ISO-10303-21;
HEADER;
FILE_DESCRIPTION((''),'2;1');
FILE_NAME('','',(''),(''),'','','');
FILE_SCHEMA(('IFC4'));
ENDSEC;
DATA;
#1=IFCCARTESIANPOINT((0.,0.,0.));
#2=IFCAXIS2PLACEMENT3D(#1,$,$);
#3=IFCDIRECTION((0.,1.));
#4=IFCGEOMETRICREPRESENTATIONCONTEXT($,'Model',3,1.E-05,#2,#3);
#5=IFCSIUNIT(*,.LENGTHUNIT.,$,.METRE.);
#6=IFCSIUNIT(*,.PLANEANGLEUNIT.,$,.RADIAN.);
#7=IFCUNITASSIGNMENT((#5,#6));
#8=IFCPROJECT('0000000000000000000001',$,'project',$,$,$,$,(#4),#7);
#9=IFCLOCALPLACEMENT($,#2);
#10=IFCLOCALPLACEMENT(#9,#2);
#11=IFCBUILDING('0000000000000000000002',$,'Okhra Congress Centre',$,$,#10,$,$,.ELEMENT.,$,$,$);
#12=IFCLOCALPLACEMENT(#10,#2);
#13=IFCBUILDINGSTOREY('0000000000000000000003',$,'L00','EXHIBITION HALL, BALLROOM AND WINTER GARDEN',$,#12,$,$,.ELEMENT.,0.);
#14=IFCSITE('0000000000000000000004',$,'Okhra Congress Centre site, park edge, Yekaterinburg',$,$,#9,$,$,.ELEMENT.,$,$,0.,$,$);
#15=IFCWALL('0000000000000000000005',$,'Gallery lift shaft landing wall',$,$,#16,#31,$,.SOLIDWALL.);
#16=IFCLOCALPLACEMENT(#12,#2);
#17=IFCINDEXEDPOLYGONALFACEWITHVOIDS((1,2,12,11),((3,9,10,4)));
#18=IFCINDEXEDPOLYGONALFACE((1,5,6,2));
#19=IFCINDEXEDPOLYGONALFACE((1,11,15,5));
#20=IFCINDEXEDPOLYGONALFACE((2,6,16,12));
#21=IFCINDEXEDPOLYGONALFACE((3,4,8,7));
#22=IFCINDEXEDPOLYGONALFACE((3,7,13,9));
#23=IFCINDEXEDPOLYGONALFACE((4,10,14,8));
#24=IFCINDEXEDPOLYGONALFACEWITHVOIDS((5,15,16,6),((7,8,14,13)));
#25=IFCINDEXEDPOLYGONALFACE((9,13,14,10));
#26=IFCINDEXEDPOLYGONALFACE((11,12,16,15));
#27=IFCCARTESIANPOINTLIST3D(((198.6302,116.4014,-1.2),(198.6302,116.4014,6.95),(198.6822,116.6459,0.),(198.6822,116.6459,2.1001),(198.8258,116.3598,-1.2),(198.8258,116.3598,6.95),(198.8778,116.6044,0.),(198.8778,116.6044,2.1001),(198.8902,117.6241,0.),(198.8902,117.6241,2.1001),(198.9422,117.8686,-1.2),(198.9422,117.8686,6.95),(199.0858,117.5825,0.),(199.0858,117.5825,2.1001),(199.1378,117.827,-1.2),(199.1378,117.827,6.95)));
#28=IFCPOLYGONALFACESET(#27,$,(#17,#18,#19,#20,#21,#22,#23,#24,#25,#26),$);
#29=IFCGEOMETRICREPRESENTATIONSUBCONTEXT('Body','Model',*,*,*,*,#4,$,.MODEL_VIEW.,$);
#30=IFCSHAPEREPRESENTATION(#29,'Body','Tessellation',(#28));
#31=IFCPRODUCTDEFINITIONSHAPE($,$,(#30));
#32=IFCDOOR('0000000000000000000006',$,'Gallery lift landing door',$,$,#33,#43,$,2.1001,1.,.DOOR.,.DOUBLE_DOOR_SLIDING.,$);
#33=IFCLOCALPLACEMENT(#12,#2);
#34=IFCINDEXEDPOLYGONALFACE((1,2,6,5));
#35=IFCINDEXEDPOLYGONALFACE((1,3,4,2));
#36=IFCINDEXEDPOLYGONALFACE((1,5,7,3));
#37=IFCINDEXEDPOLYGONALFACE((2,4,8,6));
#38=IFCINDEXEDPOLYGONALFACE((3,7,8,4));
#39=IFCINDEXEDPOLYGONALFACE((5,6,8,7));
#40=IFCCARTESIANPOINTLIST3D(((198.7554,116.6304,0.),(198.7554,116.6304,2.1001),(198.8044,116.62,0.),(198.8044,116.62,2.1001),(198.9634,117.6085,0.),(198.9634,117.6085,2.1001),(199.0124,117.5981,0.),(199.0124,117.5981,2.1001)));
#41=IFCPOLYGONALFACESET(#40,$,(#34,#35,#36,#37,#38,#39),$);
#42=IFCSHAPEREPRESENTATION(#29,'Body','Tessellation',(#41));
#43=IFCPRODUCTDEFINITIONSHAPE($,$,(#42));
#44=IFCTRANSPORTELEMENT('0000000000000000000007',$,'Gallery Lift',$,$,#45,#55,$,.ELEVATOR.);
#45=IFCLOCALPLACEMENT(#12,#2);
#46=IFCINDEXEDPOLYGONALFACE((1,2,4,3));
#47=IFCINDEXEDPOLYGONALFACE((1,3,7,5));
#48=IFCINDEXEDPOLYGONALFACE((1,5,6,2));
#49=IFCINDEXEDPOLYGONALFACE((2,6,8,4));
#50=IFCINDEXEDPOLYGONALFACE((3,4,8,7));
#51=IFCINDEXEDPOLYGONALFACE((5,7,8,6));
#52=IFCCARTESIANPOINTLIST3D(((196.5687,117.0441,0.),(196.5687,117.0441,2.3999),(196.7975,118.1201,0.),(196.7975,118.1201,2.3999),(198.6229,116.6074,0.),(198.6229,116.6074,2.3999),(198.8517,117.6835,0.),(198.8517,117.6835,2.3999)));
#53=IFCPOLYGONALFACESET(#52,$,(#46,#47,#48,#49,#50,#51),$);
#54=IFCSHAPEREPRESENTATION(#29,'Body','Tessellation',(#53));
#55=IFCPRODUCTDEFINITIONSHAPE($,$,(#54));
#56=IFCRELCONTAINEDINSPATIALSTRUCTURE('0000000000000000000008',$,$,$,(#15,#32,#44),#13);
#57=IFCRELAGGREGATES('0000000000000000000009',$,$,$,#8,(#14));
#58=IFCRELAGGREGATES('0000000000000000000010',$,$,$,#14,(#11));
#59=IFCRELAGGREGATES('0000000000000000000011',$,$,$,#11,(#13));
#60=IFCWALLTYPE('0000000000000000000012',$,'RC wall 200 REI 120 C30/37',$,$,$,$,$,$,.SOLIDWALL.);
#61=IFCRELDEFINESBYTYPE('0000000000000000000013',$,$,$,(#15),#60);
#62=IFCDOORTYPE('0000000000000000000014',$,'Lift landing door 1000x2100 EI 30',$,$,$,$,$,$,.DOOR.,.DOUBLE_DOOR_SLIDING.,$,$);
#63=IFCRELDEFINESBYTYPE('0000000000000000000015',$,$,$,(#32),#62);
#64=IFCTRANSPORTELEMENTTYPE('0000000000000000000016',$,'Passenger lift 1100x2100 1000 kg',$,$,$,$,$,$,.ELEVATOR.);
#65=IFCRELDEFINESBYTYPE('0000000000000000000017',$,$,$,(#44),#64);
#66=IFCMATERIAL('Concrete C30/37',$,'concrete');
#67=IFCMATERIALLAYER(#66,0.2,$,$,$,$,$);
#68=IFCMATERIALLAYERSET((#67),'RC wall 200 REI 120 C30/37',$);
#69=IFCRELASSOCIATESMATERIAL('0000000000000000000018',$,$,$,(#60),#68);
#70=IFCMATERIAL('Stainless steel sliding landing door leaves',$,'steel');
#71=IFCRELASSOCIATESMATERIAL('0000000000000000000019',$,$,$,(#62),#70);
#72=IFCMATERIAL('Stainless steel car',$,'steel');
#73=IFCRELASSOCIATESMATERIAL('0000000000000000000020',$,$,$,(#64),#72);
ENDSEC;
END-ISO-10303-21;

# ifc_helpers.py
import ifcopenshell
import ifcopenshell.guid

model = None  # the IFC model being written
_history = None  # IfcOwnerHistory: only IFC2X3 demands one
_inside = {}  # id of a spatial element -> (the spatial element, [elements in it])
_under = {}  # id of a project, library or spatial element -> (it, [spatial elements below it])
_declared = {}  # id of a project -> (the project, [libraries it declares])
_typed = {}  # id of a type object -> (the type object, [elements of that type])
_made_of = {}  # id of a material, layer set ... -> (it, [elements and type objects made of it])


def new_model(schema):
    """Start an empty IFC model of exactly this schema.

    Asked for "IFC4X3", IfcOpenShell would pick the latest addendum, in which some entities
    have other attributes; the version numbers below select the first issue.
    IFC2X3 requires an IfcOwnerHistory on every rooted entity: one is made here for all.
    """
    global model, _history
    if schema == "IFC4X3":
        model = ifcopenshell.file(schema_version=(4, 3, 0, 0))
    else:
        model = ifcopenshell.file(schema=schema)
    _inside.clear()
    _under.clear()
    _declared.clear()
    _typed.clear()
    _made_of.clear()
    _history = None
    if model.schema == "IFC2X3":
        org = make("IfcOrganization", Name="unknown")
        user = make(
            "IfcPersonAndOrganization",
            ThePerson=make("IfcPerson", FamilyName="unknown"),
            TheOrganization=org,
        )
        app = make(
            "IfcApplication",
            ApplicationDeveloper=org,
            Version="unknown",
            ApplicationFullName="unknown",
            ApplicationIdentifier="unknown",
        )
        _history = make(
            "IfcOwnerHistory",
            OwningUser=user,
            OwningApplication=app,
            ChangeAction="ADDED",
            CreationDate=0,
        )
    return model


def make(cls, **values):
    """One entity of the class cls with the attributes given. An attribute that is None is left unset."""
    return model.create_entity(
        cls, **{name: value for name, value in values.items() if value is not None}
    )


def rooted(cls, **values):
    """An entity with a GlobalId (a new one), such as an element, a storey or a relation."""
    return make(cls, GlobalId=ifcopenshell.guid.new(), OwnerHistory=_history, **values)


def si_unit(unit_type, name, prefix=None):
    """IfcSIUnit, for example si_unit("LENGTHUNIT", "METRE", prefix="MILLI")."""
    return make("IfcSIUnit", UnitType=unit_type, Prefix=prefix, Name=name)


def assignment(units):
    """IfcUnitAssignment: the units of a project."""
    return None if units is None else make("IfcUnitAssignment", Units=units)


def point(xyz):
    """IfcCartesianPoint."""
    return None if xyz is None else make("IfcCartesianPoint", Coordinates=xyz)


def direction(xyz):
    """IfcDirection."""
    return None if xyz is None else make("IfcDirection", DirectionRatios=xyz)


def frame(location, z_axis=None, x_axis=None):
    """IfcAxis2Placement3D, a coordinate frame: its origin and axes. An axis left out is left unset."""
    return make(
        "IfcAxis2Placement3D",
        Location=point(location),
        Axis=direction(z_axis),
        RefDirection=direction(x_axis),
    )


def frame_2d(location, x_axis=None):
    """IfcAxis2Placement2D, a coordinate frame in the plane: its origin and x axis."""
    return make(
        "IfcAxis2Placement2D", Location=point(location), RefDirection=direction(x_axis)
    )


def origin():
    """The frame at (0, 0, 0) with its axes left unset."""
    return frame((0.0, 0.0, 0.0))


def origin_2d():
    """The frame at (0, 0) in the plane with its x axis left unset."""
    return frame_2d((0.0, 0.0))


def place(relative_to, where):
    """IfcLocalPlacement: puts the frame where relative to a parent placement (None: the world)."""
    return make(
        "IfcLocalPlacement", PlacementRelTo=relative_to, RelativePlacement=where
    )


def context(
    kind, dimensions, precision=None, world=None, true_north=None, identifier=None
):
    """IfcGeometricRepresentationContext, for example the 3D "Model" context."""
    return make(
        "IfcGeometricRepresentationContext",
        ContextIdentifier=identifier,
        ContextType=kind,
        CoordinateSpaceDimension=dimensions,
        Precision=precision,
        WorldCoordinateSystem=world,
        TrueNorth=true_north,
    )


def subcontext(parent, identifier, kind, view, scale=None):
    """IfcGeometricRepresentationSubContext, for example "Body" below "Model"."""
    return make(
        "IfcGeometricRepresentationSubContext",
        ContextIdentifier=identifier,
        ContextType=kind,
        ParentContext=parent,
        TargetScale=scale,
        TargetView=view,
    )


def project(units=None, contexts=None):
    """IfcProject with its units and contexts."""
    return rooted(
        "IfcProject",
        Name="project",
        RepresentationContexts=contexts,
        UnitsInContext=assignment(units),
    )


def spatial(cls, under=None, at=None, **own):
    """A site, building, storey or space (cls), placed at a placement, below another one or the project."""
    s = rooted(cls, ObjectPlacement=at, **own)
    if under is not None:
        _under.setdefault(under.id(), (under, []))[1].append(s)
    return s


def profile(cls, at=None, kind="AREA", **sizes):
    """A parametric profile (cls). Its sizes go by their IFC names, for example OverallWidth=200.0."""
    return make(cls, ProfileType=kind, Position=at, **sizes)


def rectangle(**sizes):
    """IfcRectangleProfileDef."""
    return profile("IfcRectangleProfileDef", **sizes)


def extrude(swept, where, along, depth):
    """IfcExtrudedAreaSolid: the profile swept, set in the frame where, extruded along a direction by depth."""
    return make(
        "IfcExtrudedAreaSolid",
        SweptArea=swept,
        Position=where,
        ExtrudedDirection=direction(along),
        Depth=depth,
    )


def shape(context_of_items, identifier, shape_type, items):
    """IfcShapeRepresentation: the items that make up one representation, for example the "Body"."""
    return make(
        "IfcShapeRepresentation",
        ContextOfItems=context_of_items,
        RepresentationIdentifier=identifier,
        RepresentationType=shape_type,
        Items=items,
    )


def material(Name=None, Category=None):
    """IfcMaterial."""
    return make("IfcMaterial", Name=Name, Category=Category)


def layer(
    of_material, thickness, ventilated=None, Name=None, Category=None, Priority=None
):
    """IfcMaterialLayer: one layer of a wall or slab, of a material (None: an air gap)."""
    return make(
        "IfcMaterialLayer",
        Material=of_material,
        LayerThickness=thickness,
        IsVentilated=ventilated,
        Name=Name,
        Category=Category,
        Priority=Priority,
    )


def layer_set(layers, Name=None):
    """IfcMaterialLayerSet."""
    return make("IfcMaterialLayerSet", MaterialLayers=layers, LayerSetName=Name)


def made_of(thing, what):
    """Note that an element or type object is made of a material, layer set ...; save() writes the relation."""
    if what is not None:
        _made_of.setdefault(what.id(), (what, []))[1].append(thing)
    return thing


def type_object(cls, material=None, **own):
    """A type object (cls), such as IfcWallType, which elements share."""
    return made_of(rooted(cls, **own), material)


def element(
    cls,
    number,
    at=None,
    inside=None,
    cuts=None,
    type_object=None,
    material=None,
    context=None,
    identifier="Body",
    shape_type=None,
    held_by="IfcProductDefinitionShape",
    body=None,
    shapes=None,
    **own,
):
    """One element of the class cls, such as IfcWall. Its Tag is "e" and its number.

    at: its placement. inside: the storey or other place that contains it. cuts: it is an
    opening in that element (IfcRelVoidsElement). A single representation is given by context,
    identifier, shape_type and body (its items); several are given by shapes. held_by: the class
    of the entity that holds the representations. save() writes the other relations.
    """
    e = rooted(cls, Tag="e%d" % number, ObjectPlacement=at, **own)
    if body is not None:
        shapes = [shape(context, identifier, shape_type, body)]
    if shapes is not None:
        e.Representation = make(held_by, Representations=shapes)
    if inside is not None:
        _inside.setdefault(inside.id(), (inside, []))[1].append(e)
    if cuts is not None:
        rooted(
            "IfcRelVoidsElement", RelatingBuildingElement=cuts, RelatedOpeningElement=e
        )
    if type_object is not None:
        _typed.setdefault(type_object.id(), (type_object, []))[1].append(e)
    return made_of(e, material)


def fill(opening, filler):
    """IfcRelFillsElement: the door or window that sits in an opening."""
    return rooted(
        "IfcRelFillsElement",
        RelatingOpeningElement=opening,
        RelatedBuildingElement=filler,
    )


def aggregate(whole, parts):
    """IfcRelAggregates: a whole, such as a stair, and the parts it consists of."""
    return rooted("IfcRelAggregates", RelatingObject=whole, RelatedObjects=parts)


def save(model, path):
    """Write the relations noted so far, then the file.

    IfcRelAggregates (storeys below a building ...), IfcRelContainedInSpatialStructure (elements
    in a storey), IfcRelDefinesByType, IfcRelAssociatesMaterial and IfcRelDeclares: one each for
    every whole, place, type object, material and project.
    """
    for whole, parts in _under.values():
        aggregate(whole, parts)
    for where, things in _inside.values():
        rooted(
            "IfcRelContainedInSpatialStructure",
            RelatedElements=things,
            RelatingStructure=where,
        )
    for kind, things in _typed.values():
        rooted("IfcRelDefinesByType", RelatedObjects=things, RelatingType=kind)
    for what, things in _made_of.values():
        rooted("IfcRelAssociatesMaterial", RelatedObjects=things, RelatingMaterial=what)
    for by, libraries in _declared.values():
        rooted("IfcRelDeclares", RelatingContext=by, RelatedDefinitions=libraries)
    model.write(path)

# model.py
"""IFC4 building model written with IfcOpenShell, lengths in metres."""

from ifc_helpers import new_model, si_unit, direction, frame, frame_2d, origin, origin_2d, place, context, subcontext, project, spatial, rectangle, extrude, material, layer, layer_set, type_object, element, fill, save


model = new_model("IFC4")

# Units and contexts
model_context = context("Model", 3, precision=1e-05, world=origin(), true_north=direction((0.0, 1.0)))
body_context = subcontext(model_context, "Body", "Model", "MODEL_VIEW")
ifc_project = project(units=[si_unit("LENGTHUNIT", "METRE"), si_unit("PLANEANGLEUNIT", "RADIAN")], contexts=[model_context])

# Site, building, storey
site_placement = place(None, origin())
site = spatial("IfcSite", under=ifc_project, at=site_placement, Name="Okhra Congress Centre site, park edge, Yekaterinburg", CompositionType="ELEMENT", RefElevation=0.0)
building_placement = place(site_placement, origin())
building = spatial("IfcBuilding", under=site, at=building_placement, Name="Okhra Congress Centre", CompositionType="ELEMENT")
storey_placement = place(building_placement, origin())
storey = spatial("IfcBuildingStorey", under=building, at=storey_placement, Name="L00", Description="EXHIBITION HALL, BALLROOM AND WINTER GARDEN", CompositionType="ELEMENT", Elevation=0.0)

# Shared definitions
ifc_material_1 = material(Name="Concrete C30/37", Category="concrete")

# Shared definitions
ifc_layer = layer(ifc_material_1, 0.2)
ifc_layer_set = layer_set([ifc_layer], Name="RC wall 200 REI 120 C30/37")
wall_type = type_object("IfcWallType", Name="RC wall 200 REI 120 C30/37", PredefinedType="SOLIDWALL", material=ifc_layer_set)

# Wall, opening, door
wall_1_placement = place(storey_placement, frame((198.728, 116.3806, -1.2), z_axis=(0.0, 0.0, 1.0), x_axis=(0.207995, 0.97813, 0.0)))
wall_1 = element("IfcWall", 1, at=wall_1_placement, inside=storey, type_object=wall_type, Name="Gallery lift shaft landing wall", PredefinedType="SOLIDWALL", context=body_context, shape_type="SweptSolid", body=[
    extrude(rectangle(XDim=1.5, YDim=0.2, at=frame_2d((0.75, 0.0))), origin(), (0.0, 0.0, 1.0), 8.1499),
])
opening_placement = place(wall_1_placement, frame((0.25, 0.0, 1.2)))
opening = element("IfcOpeningElement", 2, at=opening_placement, cuts=wall_1, PredefinedType="OPENING", context=body_context, shape_type="SweptSolid", body=[
    extrude(rectangle(XDim=1.0, YDim=2.1001, at=frame_2d((0.5, 1.05))), frame((0.0, 0.1099, 0.0), z_axis=(0.0, -1.0, 0.0), x_axis=(1.0, 0.0, 0.0)), (0.0, 0.0, 1.0), 0.22),
])
ifc_material_2 = material(Name="Stainless steel sliding landing door leaves", Category="steel")
door_type = type_object("IfcDoorType", Name="Lift landing door 1000x2100 EI 30", OperationType="DOUBLE_DOOR_SLIDING", PredefinedType="DOOR", material=ifc_material_2)
door_placement = place(opening_placement, frame((1.0, 0.0, 0.0), z_axis=(0.0, 0.0, 1.0), x_axis=(-1.0, 0.0, 0.0)))
door = element("IfcDoor", 3, at=door_placement, inside=storey, type_object=door_type, Name="Gallery lift landing door", OperationType="DOUBLE_DOOR_SLIDING", OverallHeight=2.1001, OverallWidth=1.0, PredefinedType="DOOR", context=body_context, shape_type="SweptSolid", body=[
    extrude(rectangle(XDim=1.0, YDim=2.1001, at=frame_2d((0.5, 1.05))), frame((0.0, 0.0249, 0.0), z_axis=(0.0, -1.0, 0.0), x_axis=(1.0, 0.0, 0.0)), (0.0, 0.0, 1.0), 0.05),
])
fill(opening, door)

# Transport element
ifc_material_3 = material(Name="Stainless steel car", Category="steel")
transport_element_type = type_object("IfcTransportElementType", Name="Passenger lift 1100x2100 1000 kg", PredefinedType="ELEVATOR", material=ifc_material_3)
transport_element_placement = place(storey_placement, frame((197.7102, 117.3638, 0.0), z_axis=(0.0, 0.0, 1.0), x_axis=(0.207912, 0.978148, 0.0)))
element("IfcTransportElement", 4, at=transport_element_placement, inside=storey, type_object=transport_element_type, Name="Gallery Lift", PredefinedType="ELEVATOR", context=body_context, shape_type="SweptSolid", body=[
    extrude(rectangle(XDim=1.1001, YDim=2.1001, at=origin_2d()), origin(), (0.0, 0.0, 1.0), 2.3999),
])

save(model, "model.ifc")
